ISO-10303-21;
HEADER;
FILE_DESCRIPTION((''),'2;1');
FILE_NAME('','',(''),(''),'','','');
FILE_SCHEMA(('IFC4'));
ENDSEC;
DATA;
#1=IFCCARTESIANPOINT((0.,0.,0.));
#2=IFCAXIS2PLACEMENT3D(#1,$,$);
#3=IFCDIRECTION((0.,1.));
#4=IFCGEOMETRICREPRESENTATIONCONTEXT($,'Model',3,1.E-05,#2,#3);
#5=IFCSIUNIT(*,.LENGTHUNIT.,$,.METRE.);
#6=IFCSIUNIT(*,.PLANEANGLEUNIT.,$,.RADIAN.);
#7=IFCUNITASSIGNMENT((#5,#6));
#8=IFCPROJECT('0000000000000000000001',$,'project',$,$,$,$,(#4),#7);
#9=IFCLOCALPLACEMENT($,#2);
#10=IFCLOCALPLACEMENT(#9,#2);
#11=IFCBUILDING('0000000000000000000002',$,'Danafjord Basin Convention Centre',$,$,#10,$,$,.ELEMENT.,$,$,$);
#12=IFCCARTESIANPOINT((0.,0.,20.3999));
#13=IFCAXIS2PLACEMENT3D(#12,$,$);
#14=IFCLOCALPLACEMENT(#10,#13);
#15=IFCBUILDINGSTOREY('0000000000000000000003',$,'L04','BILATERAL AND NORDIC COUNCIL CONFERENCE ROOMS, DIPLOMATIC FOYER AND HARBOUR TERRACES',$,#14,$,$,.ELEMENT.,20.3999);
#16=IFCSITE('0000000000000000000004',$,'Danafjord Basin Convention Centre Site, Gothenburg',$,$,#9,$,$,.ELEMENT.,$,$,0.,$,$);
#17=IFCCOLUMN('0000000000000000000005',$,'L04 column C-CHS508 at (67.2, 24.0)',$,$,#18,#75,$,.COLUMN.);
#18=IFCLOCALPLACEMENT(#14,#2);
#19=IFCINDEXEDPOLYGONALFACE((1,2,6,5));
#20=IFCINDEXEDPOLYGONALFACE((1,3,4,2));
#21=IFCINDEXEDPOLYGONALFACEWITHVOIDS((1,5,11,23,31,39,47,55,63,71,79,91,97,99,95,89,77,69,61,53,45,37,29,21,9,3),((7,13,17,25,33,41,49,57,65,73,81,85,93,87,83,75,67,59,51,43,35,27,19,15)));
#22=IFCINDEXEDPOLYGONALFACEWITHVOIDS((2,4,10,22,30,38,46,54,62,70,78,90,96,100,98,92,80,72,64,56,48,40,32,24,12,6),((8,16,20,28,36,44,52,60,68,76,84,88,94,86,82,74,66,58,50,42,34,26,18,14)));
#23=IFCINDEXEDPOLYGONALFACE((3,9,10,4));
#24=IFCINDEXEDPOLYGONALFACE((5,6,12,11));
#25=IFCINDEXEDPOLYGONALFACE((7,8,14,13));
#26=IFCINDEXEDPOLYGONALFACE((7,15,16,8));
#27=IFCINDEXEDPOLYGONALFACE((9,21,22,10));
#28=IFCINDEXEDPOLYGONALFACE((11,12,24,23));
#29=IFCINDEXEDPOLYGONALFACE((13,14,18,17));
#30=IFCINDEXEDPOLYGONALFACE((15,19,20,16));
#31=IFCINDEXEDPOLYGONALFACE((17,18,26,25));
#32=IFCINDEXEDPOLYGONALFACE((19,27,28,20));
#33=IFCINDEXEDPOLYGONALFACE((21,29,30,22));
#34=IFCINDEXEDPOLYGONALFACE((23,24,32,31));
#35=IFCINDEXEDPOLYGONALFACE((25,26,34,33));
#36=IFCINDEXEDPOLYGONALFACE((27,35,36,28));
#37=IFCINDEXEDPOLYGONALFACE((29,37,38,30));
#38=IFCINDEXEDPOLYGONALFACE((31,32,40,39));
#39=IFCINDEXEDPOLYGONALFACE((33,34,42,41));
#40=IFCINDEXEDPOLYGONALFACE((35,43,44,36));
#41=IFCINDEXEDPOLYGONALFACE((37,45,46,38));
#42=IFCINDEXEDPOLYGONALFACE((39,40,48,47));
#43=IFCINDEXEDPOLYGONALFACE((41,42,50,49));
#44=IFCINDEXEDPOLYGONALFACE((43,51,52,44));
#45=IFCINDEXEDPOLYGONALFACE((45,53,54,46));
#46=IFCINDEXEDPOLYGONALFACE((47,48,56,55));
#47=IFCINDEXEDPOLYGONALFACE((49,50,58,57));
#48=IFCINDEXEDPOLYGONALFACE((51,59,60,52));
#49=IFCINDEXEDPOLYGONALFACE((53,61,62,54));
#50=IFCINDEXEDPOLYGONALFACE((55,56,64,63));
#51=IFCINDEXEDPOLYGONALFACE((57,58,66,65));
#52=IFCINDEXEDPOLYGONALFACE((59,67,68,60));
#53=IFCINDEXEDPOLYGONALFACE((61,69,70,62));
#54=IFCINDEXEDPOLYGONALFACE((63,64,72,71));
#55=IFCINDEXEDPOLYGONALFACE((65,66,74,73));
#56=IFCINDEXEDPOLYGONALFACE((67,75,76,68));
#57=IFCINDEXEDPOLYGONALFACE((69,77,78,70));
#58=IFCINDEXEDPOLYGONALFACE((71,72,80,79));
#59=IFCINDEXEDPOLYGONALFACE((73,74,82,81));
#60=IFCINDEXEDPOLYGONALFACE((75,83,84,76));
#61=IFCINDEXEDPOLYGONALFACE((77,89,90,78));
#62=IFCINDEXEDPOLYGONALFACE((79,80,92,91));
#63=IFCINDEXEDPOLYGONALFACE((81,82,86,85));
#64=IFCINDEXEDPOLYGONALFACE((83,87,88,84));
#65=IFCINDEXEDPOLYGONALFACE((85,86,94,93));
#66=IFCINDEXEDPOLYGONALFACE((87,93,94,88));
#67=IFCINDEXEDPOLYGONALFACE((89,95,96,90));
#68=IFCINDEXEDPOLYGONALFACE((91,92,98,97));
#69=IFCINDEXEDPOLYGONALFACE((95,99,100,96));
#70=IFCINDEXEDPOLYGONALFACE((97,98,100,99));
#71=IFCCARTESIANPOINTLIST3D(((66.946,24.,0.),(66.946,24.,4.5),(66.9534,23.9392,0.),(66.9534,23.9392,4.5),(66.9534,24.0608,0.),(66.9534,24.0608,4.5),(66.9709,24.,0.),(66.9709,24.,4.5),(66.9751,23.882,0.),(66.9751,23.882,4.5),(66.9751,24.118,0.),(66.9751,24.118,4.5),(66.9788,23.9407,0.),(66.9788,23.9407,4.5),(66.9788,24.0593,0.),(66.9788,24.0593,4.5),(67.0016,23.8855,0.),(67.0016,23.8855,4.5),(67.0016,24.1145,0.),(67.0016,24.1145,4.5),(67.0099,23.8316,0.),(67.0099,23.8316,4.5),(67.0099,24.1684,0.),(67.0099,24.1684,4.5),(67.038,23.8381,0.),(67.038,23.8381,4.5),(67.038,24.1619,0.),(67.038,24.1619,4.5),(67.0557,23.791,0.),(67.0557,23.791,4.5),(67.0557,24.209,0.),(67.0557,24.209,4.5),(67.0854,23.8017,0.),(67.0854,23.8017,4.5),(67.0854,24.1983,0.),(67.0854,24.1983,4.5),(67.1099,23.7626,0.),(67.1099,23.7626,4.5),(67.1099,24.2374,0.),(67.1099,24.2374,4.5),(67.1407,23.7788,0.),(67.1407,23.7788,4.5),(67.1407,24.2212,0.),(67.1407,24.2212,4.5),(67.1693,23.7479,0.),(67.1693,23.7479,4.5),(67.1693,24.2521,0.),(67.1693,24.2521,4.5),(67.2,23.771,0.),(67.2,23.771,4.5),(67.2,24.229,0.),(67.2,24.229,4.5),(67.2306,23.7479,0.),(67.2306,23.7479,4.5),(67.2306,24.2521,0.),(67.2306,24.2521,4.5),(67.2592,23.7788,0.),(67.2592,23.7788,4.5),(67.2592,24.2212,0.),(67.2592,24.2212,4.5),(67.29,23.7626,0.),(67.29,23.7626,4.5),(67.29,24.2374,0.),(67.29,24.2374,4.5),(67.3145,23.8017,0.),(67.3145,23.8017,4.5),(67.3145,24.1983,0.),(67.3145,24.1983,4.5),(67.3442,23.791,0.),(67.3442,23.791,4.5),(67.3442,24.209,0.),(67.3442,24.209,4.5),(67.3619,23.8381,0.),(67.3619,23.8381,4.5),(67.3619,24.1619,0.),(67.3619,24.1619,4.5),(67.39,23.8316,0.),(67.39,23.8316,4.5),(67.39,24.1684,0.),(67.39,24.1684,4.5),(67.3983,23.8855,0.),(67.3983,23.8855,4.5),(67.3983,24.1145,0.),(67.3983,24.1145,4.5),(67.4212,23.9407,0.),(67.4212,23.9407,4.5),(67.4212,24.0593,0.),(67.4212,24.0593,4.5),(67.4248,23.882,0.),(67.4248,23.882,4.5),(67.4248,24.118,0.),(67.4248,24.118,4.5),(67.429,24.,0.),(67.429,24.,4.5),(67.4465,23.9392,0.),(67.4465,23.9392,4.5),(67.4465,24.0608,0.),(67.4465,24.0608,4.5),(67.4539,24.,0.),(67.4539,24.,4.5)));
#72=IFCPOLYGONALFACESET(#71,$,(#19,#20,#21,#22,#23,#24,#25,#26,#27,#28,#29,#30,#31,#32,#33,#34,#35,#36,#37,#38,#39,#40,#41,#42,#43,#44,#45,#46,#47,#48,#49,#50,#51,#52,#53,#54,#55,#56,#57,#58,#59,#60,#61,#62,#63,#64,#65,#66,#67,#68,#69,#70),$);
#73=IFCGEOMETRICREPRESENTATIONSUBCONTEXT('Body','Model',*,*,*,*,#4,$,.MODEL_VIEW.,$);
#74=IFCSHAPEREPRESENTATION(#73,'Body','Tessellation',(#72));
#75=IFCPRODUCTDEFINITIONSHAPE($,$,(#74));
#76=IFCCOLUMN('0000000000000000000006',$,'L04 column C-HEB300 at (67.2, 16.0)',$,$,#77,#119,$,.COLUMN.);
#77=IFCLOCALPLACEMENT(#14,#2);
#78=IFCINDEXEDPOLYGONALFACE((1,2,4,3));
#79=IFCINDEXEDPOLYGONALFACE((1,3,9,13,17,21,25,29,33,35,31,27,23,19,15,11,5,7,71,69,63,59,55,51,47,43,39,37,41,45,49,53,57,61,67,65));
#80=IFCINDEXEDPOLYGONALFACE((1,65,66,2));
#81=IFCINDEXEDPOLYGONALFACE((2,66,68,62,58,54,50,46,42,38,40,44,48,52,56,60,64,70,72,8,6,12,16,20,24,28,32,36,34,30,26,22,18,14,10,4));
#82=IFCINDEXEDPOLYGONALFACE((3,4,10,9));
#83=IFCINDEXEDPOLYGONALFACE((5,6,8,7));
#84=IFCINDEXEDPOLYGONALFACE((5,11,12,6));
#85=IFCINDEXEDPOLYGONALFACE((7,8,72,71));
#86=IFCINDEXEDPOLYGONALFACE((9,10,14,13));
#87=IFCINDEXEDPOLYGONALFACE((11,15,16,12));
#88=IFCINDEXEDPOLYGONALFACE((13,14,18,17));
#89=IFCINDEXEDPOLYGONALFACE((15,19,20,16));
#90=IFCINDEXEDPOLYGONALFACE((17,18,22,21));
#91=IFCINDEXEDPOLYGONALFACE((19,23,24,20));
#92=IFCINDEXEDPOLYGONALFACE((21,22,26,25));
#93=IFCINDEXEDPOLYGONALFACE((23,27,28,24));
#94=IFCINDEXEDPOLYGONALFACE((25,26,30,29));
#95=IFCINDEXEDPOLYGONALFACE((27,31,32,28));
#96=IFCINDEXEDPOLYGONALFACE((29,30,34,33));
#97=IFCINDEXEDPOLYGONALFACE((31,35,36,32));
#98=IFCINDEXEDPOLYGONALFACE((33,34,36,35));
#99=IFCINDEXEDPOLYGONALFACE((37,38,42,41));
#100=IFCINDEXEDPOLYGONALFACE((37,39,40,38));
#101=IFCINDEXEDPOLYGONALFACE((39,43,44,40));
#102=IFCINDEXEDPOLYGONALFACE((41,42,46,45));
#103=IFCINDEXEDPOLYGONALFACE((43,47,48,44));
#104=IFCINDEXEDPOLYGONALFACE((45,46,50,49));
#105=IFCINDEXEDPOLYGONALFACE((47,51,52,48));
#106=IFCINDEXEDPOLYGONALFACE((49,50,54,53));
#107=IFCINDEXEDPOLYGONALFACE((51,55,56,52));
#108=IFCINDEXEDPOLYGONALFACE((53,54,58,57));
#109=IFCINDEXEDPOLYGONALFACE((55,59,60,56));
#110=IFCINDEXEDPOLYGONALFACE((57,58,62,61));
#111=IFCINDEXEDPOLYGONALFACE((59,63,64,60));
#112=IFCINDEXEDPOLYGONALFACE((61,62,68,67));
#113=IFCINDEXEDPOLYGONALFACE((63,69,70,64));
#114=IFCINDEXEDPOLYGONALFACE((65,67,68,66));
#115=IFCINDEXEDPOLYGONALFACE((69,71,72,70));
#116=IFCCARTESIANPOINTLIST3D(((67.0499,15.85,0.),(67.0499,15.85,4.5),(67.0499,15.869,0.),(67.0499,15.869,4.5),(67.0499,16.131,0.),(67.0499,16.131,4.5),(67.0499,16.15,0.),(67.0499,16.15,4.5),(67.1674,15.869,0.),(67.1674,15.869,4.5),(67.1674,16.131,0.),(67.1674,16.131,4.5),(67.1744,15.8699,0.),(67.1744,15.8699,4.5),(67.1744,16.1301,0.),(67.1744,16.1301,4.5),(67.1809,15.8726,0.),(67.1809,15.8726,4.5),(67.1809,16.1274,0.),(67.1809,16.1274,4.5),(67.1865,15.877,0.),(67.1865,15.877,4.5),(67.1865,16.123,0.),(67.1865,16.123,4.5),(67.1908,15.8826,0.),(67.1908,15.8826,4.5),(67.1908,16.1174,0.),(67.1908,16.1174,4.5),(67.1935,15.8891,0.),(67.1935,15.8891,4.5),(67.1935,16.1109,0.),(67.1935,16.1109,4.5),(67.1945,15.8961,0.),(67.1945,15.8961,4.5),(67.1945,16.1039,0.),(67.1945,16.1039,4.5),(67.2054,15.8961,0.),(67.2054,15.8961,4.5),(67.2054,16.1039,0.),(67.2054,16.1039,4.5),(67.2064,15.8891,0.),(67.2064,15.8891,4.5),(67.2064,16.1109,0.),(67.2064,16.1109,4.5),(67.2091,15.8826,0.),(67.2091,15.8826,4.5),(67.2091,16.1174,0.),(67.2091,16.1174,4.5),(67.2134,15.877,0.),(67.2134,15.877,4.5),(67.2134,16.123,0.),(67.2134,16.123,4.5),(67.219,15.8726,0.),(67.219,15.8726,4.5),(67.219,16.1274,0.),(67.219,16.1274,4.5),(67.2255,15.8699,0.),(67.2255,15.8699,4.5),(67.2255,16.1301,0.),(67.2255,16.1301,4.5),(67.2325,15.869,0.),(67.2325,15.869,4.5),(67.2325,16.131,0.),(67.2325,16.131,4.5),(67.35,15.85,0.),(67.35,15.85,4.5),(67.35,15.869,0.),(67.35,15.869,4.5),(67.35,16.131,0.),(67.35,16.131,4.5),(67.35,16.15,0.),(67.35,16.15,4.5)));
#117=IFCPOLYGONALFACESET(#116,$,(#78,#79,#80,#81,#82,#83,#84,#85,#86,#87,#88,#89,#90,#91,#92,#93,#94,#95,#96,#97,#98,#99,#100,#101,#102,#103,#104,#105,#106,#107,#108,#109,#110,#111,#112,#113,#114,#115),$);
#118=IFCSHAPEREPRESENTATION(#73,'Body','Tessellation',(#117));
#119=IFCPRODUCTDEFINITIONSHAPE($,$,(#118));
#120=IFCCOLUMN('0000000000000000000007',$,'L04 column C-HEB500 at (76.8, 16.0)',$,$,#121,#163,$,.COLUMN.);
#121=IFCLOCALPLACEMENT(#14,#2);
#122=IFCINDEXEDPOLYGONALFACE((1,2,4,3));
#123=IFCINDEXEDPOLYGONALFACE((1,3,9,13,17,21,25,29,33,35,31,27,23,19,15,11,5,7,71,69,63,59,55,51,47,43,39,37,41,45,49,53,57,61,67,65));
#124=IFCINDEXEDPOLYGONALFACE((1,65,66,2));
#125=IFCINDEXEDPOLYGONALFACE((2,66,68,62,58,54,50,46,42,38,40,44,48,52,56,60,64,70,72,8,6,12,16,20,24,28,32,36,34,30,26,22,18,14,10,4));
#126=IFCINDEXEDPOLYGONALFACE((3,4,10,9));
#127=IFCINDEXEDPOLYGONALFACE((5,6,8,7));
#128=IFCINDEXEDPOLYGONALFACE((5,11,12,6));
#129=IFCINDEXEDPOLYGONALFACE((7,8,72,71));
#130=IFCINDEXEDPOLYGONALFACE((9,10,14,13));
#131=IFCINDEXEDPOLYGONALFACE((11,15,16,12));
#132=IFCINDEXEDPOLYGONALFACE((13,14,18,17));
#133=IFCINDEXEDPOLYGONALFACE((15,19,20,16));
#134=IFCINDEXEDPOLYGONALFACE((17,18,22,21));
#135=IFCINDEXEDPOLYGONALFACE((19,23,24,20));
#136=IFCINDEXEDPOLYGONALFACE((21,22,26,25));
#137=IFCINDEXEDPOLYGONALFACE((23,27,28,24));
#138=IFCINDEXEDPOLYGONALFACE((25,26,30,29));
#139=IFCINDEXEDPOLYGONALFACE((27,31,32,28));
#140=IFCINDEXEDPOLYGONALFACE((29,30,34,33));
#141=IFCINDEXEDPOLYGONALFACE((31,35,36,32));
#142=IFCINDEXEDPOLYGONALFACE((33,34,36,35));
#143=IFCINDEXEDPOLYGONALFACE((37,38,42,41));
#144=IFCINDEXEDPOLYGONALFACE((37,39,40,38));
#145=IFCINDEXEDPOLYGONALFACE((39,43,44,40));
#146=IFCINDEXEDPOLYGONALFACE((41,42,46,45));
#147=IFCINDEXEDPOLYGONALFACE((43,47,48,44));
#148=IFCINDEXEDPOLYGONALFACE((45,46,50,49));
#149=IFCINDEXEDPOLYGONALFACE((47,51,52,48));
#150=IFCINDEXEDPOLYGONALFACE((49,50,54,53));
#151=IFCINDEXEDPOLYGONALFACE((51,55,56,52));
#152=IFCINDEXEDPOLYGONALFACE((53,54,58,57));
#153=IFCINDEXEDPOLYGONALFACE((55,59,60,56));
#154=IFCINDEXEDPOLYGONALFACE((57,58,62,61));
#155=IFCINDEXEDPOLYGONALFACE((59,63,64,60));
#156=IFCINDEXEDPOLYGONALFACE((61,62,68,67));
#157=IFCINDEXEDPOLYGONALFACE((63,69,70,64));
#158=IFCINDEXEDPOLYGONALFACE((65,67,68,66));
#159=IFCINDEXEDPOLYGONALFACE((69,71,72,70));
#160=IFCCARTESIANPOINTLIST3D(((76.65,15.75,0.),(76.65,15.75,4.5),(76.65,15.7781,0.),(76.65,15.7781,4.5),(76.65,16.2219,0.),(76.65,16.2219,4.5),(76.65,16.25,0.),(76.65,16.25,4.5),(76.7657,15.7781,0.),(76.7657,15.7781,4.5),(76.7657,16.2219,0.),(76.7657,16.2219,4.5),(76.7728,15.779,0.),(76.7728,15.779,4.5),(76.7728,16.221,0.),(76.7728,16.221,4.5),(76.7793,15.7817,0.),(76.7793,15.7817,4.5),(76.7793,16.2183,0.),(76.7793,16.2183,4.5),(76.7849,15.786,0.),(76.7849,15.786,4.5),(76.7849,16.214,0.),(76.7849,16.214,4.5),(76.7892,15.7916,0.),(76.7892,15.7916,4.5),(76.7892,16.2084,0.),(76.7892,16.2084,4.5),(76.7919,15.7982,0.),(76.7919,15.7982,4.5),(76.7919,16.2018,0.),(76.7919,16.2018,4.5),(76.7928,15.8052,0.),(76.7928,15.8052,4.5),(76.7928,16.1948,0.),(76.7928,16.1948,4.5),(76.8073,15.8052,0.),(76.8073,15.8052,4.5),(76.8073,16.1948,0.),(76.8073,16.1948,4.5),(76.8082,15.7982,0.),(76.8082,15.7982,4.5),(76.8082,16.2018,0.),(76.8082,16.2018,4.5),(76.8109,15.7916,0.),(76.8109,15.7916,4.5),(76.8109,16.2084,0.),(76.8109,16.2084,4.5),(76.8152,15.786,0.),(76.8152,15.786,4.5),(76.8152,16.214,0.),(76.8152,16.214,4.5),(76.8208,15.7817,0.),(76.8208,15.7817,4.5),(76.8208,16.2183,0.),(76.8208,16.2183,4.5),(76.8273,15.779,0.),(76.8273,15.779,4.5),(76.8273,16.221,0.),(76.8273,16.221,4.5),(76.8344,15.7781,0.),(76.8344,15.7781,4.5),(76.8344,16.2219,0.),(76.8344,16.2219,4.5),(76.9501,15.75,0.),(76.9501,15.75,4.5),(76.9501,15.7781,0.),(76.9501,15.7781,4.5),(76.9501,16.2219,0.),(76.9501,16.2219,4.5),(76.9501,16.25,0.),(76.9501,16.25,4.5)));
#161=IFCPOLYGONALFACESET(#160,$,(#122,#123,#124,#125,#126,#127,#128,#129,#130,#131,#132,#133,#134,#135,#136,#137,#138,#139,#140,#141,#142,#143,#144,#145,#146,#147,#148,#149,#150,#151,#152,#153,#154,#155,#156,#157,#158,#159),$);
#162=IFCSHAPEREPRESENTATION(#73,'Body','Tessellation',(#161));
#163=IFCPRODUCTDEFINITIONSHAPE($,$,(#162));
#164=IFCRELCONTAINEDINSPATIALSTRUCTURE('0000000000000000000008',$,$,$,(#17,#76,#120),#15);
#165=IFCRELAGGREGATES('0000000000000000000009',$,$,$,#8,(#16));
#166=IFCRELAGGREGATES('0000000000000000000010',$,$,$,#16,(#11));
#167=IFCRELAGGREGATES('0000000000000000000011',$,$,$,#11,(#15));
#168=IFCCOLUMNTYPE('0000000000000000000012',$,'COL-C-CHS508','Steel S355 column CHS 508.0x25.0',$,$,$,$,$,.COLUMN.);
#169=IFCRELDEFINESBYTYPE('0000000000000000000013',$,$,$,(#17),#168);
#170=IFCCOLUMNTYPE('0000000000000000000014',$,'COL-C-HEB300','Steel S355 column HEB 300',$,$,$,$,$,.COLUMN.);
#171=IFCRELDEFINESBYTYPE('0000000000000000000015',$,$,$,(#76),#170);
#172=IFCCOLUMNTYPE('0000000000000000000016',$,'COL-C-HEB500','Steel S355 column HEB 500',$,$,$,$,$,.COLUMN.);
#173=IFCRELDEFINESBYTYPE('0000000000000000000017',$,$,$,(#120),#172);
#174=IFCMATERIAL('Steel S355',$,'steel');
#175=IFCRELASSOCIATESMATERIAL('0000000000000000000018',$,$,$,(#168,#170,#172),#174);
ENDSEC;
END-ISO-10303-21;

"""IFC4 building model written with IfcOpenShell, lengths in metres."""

from ifc_helpers import new_model, si_unit, direction, frame, origin, origin_2d, place, context, subcontext, project, spatial, hollow_circle, i_section, extrude, material, material_profile, profile_set, type_object, element, save


model = new_model("IFC4")

# Units and contexts
model_context = context("Model", 3, precision=1e-05, world=origin(), true_north=direction((0.0, 1.0)))
body_context = subcontext(model_context, "Body", "Model", "MODEL_VIEW")
ifc_project = project(units=[si_unit("LENGTHUNIT", "METRE"), si_unit("PLANEANGLEUNIT", "RADIAN")], contexts=[model_context])

# Site, building, storey
site_placement = place(None, origin())
site = spatial("IfcSite", under=ifc_project, at=site_placement, Name="Danafjord Basin Convention Centre Site, Gothenburg", CompositionType="ELEMENT", RefElevation=0.0)
building_placement = place(site_placement, origin())
building = spatial("IfcBuilding", under=site, at=building_placement, Name="Danafjord Basin Convention Centre", CompositionType="ELEMENT")
storey_placement = place(building_placement, frame((0.0, 0.0, 20.3999)))
storey = spatial("IfcBuildingStorey", under=building, at=storey_placement, Name="L04", Description="BILATERAL AND NORDIC COUNCIL CONFERENCE ROOMS, DIPLOMATIC FOYER AND HARBOUR TERRACES", CompositionType="ELEMENT", Elevation=20.3999)

# Columns
ifc_material_1 = material(Name="Steel S355", Category="steel")
ifc_material_profile_1 = material_profile(ifc_material_1, hollow_circle(Radius=0.2539, WallThickness=0.0249, at=origin_2d()), Name="CHS 508.0x25.0")
ifc_profile_set_1 = profile_set([ifc_material_profile_1], Name="Steel S355")
column_type_1 = type_object("IfcColumnType", Name="COL-C-CHS508", Description="Steel S355 column CHS 508.0x25.0", PredefinedType="COLUMN", material=ifc_profile_set_1)
column_1_placement = place(storey_placement, frame((67.2, 24.0, 0.0), z_axis=(0.0, 0.0, 1.0), x_axis=(1.0, 0.0, 0.0)))
element("IfcColumn", 1, at=column_1_placement, inside=storey, type_object=column_type_1, Name="L04 column C-CHS508 at (67.2, 24.0)", PredefinedType="COLUMN", context=body_context, shape_type="SweptSolid", body=[
    extrude(hollow_circle(Radius=0.2539, WallThickness=0.0249, at=origin_2d()), origin(), (0.0, 0.0, 1.0), 4.5),
])
ifc_material_profile_2 = material_profile(ifc_material_1, i_section(OverallWidth=0.3, OverallDepth=0.3, WebThickness=0.011, FlangeThickness=0.019, FilletRadius=0.0271, at=origin_2d()), Name="HEB 300")
ifc_profile_set_2 = profile_set([ifc_material_profile_2], Name="Steel S355")
column_type_2 = type_object("IfcColumnType", Name="COL-C-HEB300", Description="Steel S355 column HEB 300", PredefinedType="COLUMN", material=ifc_profile_set_2)
column_2_placement = place(storey_placement, frame((67.2, 16.0, 0.0), z_axis=(0.0, 0.0, 1.0), x_axis=(1.0, 0.0, 0.0)))
element("IfcColumn", 2, at=column_2_placement, inside=storey, type_object=column_type_2, Name="L04 column C-HEB300 at (67.2, 16.0)", PredefinedType="COLUMN", context=body_context, shape_type="SweptSolid", body=[
    extrude(i_section(OverallWidth=0.3, OverallDepth=0.3, WebThickness=0.011, FlangeThickness=0.019, FilletRadius=0.0271, at=origin_2d()), origin(), (0.0, 0.0, 1.0), 4.5),
])
ifc_material_profile_3 = material_profile(ifc_material_1, i_section(OverallWidth=0.3, OverallDepth=0.5, WebThickness=0.0144, FlangeThickness=0.0281, FilletRadius=0.0271, at=origin_2d()), Name="HEB 500")
ifc_profile_set_3 = profile_set([ifc_material_profile_3], Name="Steel S355")
column_type_3 = type_object("IfcColumnType", Name="COL-C-HEB500", Description="Steel S355 column HEB 500", PredefinedType="COLUMN", material=ifc_profile_set_3)
column_3_placement = place(storey_placement, frame((76.8, 16.0, 0.0), z_axis=(0.0, 0.0, 1.0), x_axis=(1.0, 0.0, 0.0)))
element("IfcColumn", 3, at=column_3_placement, inside=storey, type_object=column_type_3, Name="L04 column C-HEB500 at (76.8, 16.0)", PredefinedType="COLUMN", context=body_context, shape_type="SweptSolid", body=[
    extrude(i_section(OverallWidth=0.3, OverallDepth=0.5, WebThickness=0.0144, FlangeThickness=0.0281, FilletRadius=0.0271, at=origin_2d()), origin(), (0.0, 0.0, 1.0), 4.5),
])

save(model, "model.ifc")
